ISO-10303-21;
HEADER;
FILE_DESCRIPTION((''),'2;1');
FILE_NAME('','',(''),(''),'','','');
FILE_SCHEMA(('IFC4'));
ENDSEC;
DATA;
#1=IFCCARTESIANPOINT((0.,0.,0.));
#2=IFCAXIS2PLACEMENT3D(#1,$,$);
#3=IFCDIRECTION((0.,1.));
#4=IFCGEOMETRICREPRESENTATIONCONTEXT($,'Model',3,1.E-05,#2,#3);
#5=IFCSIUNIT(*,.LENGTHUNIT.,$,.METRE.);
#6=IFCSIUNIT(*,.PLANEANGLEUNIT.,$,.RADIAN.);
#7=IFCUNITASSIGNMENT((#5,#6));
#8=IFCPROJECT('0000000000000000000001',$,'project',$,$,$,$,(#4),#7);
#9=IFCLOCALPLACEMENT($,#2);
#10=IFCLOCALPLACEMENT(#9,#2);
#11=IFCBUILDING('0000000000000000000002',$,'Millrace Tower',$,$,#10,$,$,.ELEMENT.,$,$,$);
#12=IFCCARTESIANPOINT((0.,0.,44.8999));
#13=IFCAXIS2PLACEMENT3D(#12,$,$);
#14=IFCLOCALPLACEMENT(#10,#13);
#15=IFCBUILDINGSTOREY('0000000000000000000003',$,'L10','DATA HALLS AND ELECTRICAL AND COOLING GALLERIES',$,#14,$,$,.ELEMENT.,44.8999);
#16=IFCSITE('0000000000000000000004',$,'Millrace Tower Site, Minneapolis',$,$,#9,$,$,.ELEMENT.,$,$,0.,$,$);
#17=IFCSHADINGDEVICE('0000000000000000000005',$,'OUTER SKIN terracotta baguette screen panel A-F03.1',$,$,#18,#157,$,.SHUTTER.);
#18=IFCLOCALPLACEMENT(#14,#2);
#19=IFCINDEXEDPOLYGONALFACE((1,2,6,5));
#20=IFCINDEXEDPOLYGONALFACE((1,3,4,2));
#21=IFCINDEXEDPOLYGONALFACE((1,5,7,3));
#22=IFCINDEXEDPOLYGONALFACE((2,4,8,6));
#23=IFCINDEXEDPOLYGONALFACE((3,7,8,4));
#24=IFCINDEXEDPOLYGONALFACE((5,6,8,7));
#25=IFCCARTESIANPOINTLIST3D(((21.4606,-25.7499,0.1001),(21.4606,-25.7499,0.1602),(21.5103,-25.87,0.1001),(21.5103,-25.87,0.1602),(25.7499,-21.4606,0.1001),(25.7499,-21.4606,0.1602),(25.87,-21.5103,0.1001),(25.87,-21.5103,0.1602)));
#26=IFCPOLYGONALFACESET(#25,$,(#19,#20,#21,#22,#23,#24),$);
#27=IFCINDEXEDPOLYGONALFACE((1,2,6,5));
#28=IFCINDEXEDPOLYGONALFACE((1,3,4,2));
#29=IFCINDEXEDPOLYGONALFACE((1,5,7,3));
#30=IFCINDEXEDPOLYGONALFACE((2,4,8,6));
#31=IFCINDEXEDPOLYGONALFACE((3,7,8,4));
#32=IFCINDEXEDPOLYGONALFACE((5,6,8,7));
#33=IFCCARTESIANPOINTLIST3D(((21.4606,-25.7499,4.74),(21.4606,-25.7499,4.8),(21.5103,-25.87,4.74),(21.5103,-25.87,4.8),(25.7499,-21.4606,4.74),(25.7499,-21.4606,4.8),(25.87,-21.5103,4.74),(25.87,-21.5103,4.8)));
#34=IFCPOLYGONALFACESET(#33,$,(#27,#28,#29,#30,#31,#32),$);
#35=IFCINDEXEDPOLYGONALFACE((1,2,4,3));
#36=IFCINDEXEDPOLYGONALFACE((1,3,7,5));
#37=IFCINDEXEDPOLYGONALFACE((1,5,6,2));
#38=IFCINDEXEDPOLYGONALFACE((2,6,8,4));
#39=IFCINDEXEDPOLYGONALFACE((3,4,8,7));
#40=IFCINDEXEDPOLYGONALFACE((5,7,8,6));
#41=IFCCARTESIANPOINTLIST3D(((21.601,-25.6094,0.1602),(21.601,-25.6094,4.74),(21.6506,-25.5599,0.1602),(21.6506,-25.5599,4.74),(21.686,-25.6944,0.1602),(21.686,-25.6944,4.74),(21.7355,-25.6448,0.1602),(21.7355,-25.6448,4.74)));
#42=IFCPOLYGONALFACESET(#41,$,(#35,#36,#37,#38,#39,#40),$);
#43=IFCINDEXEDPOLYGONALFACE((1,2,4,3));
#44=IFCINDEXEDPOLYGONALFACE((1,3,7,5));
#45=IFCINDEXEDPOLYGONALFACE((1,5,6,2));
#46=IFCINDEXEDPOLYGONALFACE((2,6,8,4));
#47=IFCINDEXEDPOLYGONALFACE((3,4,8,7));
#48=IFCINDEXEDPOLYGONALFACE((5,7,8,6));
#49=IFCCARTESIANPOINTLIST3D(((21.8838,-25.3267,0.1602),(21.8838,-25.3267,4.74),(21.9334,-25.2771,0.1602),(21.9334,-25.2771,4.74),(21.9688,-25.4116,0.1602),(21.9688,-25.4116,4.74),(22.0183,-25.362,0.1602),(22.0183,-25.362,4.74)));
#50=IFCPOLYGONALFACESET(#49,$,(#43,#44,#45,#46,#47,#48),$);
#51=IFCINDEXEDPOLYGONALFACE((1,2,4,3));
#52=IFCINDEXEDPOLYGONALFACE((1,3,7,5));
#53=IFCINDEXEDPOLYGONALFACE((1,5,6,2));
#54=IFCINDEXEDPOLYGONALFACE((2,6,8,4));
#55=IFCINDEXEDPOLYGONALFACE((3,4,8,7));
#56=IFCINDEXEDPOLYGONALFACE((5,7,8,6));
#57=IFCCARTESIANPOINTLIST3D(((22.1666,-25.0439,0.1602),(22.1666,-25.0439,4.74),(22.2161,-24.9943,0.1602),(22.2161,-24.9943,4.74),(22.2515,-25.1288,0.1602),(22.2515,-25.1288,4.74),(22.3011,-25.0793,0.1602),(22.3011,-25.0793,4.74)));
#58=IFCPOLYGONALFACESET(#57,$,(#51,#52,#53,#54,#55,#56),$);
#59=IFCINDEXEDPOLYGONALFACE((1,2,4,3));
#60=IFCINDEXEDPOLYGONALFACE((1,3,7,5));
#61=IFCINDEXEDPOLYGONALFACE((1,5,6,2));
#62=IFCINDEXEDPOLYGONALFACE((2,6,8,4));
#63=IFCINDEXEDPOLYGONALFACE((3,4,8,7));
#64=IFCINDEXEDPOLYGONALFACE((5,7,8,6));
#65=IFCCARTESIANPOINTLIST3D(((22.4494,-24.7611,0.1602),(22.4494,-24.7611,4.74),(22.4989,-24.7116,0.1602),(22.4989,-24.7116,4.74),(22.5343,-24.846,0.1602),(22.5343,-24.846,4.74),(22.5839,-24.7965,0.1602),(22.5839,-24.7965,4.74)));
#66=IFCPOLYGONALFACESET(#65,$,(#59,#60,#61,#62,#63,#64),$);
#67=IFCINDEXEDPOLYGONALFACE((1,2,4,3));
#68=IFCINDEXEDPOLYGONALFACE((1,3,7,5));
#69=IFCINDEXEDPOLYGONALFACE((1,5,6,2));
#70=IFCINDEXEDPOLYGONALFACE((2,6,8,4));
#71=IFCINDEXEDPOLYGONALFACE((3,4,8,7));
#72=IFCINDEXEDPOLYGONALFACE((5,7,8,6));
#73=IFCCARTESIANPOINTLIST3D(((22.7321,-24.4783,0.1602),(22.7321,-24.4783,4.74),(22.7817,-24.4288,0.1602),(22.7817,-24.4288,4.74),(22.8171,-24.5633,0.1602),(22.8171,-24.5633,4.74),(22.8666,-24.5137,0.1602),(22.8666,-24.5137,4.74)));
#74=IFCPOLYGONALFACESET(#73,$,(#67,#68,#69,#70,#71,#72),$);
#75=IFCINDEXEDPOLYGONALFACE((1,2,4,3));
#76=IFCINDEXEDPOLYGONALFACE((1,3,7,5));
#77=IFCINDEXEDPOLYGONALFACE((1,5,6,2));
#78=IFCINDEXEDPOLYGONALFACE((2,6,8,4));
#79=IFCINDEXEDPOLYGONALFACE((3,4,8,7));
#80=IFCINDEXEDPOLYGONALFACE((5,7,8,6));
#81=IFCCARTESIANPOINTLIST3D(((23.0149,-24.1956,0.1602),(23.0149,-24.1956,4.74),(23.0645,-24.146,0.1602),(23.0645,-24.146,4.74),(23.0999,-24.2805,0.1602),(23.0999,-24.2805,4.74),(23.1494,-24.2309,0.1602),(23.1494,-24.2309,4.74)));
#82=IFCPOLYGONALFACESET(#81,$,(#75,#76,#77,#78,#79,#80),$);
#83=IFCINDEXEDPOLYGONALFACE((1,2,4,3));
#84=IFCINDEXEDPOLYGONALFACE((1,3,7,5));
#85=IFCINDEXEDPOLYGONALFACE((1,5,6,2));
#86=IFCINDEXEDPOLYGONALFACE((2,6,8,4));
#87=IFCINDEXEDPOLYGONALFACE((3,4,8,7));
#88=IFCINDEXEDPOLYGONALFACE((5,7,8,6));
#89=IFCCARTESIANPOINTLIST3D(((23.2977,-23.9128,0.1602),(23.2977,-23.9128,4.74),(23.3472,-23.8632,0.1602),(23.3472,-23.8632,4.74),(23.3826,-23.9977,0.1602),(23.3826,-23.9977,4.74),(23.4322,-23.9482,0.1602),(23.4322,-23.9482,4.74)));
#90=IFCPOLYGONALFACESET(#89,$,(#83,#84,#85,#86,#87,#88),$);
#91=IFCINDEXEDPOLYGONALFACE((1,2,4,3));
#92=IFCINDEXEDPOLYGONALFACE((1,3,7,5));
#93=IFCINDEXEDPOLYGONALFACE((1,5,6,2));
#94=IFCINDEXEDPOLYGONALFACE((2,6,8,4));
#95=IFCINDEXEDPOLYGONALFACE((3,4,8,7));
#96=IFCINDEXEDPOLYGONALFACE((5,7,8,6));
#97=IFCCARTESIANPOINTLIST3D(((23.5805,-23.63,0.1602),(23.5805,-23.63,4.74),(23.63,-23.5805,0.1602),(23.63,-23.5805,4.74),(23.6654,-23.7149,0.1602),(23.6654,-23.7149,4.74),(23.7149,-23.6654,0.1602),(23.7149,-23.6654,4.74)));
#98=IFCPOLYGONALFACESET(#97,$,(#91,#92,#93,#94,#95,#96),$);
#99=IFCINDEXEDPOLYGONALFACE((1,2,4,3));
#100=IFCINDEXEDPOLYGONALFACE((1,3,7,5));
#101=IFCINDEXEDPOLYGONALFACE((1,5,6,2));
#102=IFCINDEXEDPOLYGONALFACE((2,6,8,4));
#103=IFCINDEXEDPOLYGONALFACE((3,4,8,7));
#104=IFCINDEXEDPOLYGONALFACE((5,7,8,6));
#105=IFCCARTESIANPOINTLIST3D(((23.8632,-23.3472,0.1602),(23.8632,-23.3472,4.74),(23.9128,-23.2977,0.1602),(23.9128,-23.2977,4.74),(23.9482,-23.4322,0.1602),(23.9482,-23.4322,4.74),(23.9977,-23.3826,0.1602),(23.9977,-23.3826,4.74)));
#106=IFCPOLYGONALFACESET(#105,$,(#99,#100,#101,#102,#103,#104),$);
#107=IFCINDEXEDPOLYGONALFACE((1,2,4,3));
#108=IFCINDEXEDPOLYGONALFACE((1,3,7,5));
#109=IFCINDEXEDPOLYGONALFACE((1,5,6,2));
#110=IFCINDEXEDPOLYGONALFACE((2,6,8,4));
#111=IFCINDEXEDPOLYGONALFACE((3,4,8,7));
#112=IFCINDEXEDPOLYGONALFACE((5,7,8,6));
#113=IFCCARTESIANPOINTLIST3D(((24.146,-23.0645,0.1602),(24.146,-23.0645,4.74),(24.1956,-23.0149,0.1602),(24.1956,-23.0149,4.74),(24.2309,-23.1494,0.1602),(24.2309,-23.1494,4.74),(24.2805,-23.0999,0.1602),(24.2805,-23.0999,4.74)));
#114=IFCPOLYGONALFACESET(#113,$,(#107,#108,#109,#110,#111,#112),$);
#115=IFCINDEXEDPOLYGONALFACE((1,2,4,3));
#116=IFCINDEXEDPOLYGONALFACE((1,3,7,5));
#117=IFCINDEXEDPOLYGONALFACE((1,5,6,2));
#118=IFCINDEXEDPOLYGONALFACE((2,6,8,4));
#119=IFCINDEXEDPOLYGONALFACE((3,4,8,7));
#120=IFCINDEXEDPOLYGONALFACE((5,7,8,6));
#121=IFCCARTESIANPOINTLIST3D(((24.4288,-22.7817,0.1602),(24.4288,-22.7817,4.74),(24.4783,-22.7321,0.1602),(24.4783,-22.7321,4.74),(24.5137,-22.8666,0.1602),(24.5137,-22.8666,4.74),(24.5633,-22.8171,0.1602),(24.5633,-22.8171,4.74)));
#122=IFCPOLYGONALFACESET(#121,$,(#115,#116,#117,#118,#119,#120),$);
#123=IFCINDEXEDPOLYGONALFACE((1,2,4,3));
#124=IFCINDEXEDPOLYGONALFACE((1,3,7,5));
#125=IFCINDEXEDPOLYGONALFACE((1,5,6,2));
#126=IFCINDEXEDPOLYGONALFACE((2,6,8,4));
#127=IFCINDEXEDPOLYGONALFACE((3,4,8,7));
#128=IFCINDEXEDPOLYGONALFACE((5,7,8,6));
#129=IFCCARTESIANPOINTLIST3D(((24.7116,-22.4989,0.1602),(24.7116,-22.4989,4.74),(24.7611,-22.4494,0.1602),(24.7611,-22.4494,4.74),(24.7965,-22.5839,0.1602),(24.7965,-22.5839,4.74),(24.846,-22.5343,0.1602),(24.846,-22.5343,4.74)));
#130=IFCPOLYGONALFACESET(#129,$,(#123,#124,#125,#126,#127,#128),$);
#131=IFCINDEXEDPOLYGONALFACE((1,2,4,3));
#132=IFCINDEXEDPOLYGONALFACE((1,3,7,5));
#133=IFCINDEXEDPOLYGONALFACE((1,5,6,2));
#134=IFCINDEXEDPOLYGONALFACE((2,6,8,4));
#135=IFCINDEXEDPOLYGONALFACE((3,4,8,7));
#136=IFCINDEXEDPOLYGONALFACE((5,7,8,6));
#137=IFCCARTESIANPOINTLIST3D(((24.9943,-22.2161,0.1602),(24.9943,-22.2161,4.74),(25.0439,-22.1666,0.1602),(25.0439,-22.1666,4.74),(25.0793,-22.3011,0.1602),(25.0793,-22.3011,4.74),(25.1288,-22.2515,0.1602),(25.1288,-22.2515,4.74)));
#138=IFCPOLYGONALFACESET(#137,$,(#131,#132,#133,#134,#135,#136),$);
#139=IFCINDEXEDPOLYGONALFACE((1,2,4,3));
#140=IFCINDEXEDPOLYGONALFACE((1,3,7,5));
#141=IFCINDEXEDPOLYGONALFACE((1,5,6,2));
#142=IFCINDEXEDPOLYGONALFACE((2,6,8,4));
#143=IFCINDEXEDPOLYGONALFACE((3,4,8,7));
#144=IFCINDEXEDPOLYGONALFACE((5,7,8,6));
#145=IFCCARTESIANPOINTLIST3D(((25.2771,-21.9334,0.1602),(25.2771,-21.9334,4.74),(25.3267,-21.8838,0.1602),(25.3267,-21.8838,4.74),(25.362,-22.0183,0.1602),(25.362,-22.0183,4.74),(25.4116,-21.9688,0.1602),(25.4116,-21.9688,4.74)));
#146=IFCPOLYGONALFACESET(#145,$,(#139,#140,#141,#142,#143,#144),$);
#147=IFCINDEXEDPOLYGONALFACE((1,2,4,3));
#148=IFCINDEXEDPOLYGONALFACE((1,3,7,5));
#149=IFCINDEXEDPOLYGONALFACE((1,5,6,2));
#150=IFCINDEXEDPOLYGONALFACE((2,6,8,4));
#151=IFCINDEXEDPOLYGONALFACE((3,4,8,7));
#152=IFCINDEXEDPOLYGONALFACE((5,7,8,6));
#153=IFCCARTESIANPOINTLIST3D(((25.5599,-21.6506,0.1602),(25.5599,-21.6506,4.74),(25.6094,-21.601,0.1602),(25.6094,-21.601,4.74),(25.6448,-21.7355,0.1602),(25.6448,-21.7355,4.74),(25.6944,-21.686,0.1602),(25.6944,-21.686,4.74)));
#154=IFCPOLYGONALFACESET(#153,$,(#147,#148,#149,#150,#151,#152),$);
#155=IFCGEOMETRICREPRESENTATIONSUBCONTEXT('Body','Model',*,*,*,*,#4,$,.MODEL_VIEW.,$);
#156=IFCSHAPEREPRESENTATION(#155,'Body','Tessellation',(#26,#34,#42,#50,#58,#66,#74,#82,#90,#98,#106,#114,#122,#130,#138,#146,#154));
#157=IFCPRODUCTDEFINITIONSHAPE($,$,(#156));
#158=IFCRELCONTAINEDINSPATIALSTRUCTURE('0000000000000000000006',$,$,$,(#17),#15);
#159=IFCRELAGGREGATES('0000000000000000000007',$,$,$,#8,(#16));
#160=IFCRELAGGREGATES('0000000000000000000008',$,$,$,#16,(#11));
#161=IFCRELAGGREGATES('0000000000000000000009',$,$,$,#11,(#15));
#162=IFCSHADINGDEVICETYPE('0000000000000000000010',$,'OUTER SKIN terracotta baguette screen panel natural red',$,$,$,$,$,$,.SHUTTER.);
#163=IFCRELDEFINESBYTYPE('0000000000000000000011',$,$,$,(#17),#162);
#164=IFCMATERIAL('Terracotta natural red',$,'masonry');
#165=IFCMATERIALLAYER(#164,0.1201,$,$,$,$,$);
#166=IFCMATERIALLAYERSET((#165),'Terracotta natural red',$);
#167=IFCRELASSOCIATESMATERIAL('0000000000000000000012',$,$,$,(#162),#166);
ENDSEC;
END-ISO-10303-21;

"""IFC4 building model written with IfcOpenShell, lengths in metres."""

from ifc_helpers import new_model, entity, si_unit, direction, frame, frame_2d, origin, origin_2d, place, context, subcontext, project, spatial, rectangle, extrude, source, transform, mapped, material, layer, layer_set, type_object, element, save


model = new_model("IFC4")

# Units and contexts
model_context = context("Model", 3, precision=1e-05, world=origin(), true_north=direction((0.0, 1.0)))
body_context = subcontext(model_context, "Body", "Model", "MODEL_VIEW")
ifc_project = project(units=[si_unit("LENGTHUNIT", "METRE"), si_unit("PLANEANGLEUNIT", "RADIAN")], contexts=[model_context])

# Site, building, storey
site_placement = place(None, origin())
site = spatial("IfcSite", under=ifc_project, at=site_placement, Name="Millrace Tower Site, Minneapolis", CompositionType="ELEMENT", RefElevation=0.0)
building_placement = place(site_placement, origin())
building = spatial("IfcBuilding", under=site, at=building_placement, Name="Millrace Tower", CompositionType="ELEMENT")
storey_placement = place(building_placement, frame((0.0, 0.0, 44.8999)))
storey = spatial("IfcBuildingStorey", under=building, at=storey_placement, Name="L10", Description="DATA HALLS AND ELECTRICAL AND COOLING GALLERIES", CompositionType="ELEMENT", Elevation=44.8999)

# Shading device
ifc_material_1 = material(Name="Terracotta natural red", Category="masonry")
ifc_layer_1 = layer(ifc_material_1, 0.1201)
ifc_layer_set_1 = layer_set([ifc_layer_1], Name="Terracotta natural red")
shading_device_type_1 = type_object("IfcShadingDeviceType", Name="OUTER SKIN terracotta baguette screen panel natural red", PredefinedType="SHUTTER", material=ifc_layer_set_1)
cartesian_point_1 = entity("IfcCartesianPoint", [-3.033, 0.0601])
shared_polyline_1 = entity("IfcPolyline", [cartesian_point_1, entity("IfcCartesianPoint", [3.033, 0.0601]), entity("IfcCartesianPoint", [3.0828, -0.0601]), entity("IfcCartesianPoint", [-3.0828, -0.0601]), cartesian_point_1])
shared_shape_1 = source(origin(), body_context, "Body", "SweptSolid", [
    entity("IfcExtrudedAreaSolid", entity("IfcArbitraryClosedProfileDef", "AREA", None, shared_polyline_1), entity("IfcAxis2Placement3D", entity("IfcCartesianPoint", [0.0, 0.0, 0.0])), entity("IfcDirection", [0.0, 0.0, 1.0]), 0.0601),
    entity("IfcExtrudedAreaSolid", entity("IfcArbitraryClosedProfileDef", "AREA", None, shared_polyline_1), entity("IfcAxis2Placement3D", entity("IfcCartesianPoint", [0.0, 0.0, 4.6399])), entity("IfcDirection", [0.0, 0.0, 1.0]), 0.0601),
    extrude(rectangle(XDim=0.0701, YDim=0.1201, at=frame_2d((-2.7993, 0.0))), frame((0.0, 0.0, 0.0601)), (0.0, 0.0, 1.0), 4.5798),
    extrude(rectangle(XDim=0.0701, YDim=0.1201, at=frame_2d((-2.3994, 0.0))), frame((0.0, 0.0, 0.0601)), (0.0, 0.0, 1.0), 4.5798),
    extrude(rectangle(XDim=0.0701, YDim=0.1201, at=frame_2d((-1.9995, 0.0))), frame((0.0, 0.0, 0.0601)), (0.0, 0.0, 1.0), 4.5798),
    extrude(rectangle(XDim=0.0701, YDim=0.1201, at=frame_2d((-1.5996, 0.0))), frame((0.0, 0.0, 0.0601)), (0.0, 0.0, 1.0), 4.5798),
    extrude(rectangle(XDim=0.0701, YDim=0.1201, at=frame_2d((-1.1997, 0.0))), frame((0.0, 0.0, 0.0601)), (0.0, 0.0, 1.0), 4.5798),
    extrude(rectangle(XDim=0.0701, YDim=0.1201, at=frame_2d((-0.7998, 0.0))), frame((0.0, 0.0, 0.0601)), (0.0, 0.0, 1.0), 4.5798),
    extrude(rectangle(XDim=0.0701, YDim=0.1201, at=frame_2d((-0.3999, 0.0))), frame((0.0, 0.0, 0.0601)), (0.0, 0.0, 1.0), 4.5798),
    extrude(rectangle(XDim=0.0701, YDim=0.1201, at=origin_2d()), frame((0.0, 0.0, 0.0601)), (0.0, 0.0, 1.0), 4.5798),
    extrude(rectangle(XDim=0.0701, YDim=0.1201, at=frame_2d((0.3999, 0.0))), frame((0.0, 0.0, 0.0601)), (0.0, 0.0, 1.0), 4.5798),
    extrude(rectangle(XDim=0.0701, YDim=0.1201, at=frame_2d((0.7998, 0.0))), frame((0.0, 0.0, 0.0601)), (0.0, 0.0, 1.0), 4.5798),
    extrude(rectangle(XDim=0.0701, YDim=0.1201, at=frame_2d((1.1997, 0.0))), frame((0.0, 0.0, 0.0601)), (0.0, 0.0, 1.0), 4.5798),
    extrude(rectangle(XDim=0.0701, YDim=0.1201, at=frame_2d((1.5996, 0.0))), frame((0.0, 0.0, 0.0601)), (0.0, 0.0, 1.0), 4.5798),
    extrude(rectangle(XDim=0.0701, YDim=0.1201, at=frame_2d((1.9995, 0.0))), frame((0.0, 0.0, 0.0601)), (0.0, 0.0, 1.0), 4.5798),
    extrude(rectangle(XDim=0.0701, YDim=0.1201, at=frame_2d((2.3994, 0.0))), frame((0.0, 0.0, 0.0601)), (0.0, 0.0, 1.0), 4.5798),
    extrude(rectangle(XDim=0.0701, YDim=0.1201, at=frame_2d((2.7993, 0.0))), frame((0.0, 0.0, 0.0601)), (0.0, 0.0, 1.0), 4.5798),
])
shading_device_1_placement = place(storey_placement, frame((23.6477, -23.6477, 0.1001), z_axis=(0.0, 0.0, 1.0), x_axis=(0.707107, 0.707107, 0.0)))
element("IfcShadingDevice", 1, at=shading_device_1_placement, inside=storey, type_object=shading_device_type_1, Name="OUTER SKIN terracotta baguette screen panel A-F03.1", PredefinedType="SHUTTER", context=body_context, shape_type="MappedRepresentation", body=[
    mapped(shared_shape_1, transform((0.0, 0.0, 0.0), scale=1.0)),
])

save(model, "model.ifc")
